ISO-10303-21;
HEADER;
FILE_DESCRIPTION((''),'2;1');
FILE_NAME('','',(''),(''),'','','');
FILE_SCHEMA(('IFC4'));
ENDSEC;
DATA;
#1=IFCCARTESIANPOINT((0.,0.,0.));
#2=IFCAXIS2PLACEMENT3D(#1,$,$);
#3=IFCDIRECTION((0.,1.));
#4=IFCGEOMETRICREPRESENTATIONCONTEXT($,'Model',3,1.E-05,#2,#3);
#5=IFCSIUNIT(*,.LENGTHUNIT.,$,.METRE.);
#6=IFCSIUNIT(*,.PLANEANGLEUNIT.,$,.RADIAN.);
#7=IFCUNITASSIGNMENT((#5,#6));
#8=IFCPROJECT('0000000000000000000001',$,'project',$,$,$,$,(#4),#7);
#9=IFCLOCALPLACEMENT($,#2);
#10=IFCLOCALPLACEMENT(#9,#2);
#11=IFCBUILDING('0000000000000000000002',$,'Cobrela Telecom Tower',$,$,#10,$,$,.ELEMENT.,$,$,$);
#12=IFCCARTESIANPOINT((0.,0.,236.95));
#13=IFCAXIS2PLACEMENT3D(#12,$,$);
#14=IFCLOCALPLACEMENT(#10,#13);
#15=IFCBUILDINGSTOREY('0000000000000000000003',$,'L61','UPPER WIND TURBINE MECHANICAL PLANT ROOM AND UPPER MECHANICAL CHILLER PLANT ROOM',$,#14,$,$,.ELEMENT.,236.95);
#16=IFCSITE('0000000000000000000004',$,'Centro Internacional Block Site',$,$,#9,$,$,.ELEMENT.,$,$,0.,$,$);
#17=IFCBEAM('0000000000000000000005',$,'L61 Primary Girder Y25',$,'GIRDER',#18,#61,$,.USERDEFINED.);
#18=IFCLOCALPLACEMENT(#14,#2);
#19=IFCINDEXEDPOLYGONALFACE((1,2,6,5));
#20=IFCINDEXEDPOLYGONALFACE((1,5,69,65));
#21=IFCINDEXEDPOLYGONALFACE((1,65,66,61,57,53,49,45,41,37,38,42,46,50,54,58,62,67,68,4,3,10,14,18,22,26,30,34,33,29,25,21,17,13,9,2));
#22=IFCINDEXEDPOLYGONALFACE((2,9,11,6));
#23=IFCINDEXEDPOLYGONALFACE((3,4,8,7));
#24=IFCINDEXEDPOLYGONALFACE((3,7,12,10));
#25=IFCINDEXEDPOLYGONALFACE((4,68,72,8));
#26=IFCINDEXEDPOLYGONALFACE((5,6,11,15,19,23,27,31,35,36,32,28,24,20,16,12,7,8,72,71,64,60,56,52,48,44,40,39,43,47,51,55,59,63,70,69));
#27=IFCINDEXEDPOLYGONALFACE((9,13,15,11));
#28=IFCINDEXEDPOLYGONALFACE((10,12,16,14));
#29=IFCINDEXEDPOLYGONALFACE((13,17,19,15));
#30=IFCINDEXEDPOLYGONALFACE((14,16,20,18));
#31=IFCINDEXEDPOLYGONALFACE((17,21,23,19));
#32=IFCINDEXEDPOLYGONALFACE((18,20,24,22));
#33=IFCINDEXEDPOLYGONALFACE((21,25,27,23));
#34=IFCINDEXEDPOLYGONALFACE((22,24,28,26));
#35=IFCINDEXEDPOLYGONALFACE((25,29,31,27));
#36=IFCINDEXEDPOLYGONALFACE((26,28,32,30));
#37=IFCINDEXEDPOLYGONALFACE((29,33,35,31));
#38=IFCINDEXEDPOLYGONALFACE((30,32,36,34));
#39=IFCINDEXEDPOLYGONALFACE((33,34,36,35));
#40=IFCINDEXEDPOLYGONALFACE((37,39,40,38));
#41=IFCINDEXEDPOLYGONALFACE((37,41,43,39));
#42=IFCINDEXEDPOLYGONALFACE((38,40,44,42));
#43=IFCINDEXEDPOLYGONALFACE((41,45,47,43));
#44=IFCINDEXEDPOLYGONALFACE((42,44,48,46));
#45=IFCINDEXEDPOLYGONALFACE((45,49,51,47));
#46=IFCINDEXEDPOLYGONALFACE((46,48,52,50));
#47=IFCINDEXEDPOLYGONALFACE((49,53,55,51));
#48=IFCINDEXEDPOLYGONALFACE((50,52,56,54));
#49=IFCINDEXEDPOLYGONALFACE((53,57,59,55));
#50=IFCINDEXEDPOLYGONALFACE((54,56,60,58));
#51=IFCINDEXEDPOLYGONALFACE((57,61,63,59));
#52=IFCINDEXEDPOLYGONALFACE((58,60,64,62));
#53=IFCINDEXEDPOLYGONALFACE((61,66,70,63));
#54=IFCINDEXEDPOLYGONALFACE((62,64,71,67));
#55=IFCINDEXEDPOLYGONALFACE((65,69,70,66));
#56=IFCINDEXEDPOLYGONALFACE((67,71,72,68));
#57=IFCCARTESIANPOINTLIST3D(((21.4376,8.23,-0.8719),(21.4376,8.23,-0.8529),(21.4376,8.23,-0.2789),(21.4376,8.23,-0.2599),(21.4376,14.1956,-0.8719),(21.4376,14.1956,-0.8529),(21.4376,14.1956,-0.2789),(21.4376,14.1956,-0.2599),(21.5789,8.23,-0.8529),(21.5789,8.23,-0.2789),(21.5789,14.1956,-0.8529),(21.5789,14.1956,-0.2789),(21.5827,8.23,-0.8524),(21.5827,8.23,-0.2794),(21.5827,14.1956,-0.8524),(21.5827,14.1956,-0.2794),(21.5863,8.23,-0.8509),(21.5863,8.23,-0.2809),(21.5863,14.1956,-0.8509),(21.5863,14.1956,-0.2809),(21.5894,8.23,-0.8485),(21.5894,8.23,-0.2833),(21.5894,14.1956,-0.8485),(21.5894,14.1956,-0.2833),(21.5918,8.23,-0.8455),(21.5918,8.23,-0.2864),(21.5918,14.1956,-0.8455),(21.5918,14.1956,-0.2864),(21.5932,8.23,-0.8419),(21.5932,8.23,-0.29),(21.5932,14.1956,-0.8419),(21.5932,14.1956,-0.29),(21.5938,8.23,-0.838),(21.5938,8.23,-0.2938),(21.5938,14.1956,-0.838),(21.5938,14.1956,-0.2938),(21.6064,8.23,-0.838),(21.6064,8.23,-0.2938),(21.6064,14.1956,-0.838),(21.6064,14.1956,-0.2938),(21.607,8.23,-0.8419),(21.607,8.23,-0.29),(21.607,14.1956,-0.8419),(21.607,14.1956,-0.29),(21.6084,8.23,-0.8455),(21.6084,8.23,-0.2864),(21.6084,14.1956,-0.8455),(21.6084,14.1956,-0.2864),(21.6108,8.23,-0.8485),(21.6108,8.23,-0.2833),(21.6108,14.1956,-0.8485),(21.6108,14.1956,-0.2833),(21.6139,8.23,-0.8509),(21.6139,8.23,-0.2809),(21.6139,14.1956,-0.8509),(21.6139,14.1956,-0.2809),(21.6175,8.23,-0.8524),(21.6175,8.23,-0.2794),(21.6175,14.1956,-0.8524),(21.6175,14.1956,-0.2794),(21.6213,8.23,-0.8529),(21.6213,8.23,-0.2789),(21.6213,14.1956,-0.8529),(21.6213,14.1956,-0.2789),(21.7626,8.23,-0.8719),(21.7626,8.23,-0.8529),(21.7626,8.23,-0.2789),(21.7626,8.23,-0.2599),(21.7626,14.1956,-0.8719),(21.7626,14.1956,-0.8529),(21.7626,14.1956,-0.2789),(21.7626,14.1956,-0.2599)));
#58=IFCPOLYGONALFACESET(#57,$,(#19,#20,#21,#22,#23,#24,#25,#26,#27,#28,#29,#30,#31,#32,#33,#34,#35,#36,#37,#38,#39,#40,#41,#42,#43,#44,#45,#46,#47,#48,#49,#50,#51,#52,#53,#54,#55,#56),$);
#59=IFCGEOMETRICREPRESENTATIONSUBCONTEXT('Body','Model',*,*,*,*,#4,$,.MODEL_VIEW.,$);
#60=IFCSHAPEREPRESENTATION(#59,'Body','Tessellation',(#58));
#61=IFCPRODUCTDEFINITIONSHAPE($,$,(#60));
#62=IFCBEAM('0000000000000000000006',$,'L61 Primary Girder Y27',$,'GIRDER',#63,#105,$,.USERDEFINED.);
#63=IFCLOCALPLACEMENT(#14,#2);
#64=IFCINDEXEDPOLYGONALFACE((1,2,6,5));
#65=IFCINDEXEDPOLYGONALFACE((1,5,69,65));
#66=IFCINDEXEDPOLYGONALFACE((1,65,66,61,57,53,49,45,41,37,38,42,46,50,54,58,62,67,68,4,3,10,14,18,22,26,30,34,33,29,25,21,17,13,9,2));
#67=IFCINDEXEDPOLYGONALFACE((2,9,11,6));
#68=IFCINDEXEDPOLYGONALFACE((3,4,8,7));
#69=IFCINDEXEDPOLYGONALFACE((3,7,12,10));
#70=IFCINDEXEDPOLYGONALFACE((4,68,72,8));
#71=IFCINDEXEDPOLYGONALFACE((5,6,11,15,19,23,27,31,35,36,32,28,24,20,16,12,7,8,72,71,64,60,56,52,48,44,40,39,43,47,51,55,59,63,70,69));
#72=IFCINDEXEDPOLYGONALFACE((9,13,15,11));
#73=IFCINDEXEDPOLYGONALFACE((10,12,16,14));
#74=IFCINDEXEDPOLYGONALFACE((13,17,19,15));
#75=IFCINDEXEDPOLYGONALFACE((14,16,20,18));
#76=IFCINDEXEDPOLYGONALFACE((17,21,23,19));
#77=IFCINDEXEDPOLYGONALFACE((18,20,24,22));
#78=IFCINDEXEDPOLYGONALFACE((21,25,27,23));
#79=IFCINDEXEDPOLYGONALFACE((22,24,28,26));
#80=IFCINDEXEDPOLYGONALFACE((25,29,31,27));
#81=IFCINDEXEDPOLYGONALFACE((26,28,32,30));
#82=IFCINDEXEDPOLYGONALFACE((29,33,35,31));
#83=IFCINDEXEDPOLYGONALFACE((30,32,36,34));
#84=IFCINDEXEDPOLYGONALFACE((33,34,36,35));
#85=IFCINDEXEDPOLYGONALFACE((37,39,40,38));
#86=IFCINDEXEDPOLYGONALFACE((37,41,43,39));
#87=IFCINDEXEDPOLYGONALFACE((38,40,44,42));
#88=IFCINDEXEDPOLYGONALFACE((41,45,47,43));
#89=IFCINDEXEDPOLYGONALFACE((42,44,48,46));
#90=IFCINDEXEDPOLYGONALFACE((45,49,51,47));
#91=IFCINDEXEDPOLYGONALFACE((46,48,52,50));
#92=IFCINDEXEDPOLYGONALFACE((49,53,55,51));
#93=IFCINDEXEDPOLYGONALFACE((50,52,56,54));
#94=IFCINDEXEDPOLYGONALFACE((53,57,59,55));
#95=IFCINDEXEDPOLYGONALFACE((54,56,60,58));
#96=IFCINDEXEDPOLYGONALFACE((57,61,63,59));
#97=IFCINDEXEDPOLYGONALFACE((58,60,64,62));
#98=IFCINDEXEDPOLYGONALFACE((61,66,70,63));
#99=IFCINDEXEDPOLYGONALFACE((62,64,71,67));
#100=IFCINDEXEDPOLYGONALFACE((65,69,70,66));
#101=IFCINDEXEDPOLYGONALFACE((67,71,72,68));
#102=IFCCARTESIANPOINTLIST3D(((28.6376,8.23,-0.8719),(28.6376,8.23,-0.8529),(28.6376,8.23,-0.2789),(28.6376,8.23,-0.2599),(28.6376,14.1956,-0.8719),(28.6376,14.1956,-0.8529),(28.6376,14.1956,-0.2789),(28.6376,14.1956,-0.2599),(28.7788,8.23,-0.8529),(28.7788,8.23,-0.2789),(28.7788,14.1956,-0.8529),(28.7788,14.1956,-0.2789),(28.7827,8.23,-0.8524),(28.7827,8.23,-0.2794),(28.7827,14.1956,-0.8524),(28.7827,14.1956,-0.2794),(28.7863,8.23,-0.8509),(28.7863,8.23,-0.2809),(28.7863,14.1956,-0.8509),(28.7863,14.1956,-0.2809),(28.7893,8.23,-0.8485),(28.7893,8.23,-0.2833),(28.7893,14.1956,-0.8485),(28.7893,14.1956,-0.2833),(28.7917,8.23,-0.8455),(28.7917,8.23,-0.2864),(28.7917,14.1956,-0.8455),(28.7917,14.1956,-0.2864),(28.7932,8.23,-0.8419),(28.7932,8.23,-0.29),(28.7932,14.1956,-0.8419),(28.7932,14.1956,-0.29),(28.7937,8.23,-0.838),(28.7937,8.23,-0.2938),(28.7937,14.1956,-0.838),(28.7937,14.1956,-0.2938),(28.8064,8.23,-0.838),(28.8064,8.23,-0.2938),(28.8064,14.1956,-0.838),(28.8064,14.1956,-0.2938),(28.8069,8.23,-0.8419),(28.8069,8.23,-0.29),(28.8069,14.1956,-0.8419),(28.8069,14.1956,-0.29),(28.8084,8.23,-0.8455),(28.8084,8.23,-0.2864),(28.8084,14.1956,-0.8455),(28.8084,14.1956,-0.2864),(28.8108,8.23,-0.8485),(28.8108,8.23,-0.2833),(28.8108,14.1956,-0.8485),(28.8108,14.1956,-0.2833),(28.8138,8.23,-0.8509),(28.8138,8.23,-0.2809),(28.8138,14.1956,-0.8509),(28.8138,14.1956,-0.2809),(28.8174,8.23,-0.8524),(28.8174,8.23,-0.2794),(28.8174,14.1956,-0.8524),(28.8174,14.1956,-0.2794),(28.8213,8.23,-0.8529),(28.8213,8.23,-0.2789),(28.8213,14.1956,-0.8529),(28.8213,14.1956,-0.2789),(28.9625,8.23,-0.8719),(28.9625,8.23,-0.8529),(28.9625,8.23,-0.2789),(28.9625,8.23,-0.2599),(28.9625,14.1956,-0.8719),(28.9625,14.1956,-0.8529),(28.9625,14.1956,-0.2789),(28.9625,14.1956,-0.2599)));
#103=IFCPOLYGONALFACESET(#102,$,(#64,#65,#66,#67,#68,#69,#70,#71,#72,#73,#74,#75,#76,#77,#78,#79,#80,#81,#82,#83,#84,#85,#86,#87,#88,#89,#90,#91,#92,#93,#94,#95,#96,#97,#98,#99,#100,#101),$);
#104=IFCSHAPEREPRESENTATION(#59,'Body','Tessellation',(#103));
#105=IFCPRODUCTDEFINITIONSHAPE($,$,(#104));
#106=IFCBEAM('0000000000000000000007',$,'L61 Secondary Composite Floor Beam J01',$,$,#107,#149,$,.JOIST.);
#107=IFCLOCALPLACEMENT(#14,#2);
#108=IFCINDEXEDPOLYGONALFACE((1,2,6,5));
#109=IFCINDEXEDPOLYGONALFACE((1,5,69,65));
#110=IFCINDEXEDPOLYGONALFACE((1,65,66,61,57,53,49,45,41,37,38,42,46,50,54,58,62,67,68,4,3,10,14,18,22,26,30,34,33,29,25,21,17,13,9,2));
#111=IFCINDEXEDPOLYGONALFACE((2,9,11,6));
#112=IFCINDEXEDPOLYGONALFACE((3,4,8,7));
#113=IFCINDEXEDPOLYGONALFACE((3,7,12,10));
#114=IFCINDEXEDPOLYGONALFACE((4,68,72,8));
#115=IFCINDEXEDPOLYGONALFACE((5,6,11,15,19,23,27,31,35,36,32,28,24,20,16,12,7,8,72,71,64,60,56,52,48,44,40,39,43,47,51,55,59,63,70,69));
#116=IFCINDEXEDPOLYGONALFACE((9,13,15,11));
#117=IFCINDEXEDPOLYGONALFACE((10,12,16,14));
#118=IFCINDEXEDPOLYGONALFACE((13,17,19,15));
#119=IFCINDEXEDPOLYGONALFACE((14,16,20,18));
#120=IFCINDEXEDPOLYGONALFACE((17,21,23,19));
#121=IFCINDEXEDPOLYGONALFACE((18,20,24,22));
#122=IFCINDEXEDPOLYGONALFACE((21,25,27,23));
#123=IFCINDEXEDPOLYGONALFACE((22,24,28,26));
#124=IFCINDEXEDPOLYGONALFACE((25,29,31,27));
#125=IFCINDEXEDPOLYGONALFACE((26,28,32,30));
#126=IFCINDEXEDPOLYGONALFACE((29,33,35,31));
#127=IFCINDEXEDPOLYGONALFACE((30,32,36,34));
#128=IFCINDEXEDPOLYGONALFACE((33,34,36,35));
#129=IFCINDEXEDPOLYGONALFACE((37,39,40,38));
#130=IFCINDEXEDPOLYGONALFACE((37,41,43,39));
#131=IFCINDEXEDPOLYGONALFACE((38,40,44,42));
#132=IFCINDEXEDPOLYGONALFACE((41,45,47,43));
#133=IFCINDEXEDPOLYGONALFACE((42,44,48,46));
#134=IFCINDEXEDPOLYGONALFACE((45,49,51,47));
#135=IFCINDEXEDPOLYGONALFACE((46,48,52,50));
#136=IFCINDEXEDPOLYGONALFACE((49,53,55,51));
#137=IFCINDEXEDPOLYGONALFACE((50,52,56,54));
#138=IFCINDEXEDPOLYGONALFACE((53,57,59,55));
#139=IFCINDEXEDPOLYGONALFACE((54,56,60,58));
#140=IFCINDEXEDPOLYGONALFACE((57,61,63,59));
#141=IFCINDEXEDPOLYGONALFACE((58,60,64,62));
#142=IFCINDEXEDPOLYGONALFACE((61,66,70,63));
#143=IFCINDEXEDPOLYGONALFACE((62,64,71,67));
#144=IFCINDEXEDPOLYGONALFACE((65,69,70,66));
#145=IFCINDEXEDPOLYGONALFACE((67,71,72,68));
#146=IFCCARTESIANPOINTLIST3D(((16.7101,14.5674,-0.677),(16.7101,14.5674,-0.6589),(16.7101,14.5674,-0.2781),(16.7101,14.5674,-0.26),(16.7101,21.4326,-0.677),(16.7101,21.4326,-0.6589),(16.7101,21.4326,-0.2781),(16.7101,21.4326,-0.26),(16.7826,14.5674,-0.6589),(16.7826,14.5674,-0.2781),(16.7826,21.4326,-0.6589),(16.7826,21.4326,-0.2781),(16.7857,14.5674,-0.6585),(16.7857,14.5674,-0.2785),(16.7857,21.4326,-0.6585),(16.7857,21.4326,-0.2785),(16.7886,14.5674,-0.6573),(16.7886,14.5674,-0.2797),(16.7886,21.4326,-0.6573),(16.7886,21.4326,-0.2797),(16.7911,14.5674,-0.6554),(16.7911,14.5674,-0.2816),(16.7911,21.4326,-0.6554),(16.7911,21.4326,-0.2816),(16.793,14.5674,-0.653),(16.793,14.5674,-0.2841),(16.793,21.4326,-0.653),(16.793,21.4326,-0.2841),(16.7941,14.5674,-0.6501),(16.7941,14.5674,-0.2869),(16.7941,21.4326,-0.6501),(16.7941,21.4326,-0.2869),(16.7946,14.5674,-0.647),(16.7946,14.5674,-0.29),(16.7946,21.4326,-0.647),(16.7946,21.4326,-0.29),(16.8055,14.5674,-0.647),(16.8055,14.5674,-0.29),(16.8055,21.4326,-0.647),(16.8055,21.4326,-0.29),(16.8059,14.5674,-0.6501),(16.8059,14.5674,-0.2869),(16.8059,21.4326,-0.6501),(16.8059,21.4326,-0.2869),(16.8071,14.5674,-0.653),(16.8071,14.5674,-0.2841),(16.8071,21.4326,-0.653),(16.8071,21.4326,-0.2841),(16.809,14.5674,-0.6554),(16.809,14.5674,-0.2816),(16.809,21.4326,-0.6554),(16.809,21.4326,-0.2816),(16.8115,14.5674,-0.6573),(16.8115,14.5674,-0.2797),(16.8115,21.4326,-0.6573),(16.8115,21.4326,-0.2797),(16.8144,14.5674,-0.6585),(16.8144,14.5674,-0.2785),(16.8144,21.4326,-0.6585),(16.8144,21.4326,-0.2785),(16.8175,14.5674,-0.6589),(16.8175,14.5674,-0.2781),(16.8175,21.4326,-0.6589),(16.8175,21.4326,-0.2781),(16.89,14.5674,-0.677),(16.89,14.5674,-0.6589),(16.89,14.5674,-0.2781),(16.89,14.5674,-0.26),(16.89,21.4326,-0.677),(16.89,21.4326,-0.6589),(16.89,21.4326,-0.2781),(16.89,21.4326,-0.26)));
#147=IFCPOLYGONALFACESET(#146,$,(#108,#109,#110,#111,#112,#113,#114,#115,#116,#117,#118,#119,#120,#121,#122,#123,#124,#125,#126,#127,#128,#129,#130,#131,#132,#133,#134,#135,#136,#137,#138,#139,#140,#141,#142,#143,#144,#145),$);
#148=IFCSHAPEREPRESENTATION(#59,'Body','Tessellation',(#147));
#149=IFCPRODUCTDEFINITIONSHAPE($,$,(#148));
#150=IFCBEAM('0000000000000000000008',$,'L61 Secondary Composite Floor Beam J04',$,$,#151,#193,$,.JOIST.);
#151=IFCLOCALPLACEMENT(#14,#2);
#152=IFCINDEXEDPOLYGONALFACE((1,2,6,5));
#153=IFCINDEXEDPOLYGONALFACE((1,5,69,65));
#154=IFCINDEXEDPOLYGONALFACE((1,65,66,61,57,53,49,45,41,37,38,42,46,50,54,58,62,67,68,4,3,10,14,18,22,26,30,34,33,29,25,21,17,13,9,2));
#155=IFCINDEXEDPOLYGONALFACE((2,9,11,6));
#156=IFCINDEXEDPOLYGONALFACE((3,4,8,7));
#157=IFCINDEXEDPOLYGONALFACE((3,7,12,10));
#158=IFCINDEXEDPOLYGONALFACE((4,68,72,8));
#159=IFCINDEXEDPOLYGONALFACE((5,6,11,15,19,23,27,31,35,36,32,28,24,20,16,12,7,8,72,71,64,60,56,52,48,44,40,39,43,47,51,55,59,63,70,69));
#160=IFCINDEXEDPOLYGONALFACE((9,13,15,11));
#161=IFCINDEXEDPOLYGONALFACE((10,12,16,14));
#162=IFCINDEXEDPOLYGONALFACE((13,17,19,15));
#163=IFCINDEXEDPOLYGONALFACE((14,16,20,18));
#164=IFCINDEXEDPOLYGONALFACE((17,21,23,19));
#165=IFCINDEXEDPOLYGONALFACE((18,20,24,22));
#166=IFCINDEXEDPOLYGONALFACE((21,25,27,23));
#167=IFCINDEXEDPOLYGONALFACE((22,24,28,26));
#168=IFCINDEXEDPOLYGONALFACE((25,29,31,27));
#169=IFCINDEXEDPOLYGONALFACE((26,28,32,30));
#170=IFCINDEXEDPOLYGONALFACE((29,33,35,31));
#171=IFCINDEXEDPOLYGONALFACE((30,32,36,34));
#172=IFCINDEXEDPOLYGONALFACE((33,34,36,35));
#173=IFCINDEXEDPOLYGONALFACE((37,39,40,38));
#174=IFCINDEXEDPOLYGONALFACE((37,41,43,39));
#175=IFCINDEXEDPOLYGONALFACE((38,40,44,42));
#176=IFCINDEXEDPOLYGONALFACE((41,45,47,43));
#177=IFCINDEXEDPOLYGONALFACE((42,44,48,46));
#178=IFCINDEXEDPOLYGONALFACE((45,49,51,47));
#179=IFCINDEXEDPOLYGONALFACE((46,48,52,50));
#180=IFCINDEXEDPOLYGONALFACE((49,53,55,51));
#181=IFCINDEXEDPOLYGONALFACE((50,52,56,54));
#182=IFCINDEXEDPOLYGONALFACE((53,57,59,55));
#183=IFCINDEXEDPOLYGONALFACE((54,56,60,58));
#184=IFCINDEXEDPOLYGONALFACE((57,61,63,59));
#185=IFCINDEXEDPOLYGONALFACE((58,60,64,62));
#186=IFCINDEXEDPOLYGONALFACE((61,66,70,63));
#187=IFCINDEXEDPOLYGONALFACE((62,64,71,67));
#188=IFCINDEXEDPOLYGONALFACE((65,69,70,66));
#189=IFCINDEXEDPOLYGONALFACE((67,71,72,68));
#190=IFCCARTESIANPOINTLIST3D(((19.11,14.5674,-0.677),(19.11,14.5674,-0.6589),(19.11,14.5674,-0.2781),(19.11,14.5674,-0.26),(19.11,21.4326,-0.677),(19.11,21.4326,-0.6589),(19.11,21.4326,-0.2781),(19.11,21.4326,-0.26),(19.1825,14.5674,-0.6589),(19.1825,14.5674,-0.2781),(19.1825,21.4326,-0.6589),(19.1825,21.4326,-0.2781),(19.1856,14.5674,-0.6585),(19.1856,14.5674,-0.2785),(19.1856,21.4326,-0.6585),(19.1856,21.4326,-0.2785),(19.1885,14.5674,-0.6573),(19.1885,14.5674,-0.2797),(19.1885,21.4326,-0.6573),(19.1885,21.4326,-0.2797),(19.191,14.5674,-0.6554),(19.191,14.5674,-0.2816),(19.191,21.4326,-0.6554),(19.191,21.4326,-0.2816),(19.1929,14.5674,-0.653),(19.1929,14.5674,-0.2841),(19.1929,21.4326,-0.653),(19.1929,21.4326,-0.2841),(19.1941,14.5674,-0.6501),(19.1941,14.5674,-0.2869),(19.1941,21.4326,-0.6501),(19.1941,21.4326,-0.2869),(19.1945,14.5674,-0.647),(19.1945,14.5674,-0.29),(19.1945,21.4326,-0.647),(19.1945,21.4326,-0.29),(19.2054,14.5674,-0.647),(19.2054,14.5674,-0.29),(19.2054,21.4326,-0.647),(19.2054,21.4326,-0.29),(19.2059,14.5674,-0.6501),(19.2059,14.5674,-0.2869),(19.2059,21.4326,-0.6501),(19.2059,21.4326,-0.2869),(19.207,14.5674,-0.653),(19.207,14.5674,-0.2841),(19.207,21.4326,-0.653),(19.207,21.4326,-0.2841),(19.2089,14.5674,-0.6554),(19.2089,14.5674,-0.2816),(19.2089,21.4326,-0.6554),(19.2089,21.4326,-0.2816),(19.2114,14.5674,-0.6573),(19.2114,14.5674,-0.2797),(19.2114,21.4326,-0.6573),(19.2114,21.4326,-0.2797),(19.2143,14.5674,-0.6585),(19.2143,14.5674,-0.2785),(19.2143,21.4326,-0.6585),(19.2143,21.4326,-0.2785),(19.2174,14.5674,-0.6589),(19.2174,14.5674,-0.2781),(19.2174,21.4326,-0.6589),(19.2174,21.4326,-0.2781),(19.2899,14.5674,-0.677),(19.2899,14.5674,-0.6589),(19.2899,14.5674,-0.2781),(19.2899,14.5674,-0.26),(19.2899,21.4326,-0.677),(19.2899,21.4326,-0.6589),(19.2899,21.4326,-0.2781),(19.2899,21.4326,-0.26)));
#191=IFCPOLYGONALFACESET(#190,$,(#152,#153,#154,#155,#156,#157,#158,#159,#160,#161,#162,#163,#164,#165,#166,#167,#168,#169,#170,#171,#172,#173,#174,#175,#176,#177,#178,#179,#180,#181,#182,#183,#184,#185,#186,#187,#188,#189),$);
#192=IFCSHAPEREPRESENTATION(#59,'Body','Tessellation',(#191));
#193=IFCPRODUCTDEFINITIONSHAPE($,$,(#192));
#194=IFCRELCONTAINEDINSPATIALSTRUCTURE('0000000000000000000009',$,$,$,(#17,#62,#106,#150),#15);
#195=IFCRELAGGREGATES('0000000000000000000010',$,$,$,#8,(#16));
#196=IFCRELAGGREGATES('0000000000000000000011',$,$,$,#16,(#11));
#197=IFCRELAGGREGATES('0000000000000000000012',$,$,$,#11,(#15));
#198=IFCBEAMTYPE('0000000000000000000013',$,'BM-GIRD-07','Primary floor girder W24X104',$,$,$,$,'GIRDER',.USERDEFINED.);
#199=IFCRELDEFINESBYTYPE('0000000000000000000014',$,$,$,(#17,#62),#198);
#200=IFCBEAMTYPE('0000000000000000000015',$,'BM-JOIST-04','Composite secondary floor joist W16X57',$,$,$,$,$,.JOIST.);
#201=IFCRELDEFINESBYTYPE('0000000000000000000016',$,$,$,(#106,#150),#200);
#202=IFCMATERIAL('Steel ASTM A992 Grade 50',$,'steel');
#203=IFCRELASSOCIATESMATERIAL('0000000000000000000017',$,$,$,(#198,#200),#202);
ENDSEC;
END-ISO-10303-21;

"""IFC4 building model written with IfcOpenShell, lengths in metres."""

from ifc_helpers import new_model, si_unit, direction, frame, origin, origin_2d, place, context, subcontext, project, spatial, i_section, extrude, material, material_profile, profile_set, type_object, element, save


model = new_model("IFC4")

# Units and contexts
model_context = context("Model", 3, precision=1e-05, world=origin(), true_north=direction((0.0, 1.0)))
body_context = subcontext(model_context, "Body", "Model", "MODEL_VIEW")
ifc_project = project(units=[si_unit("LENGTHUNIT", "METRE"), si_unit("PLANEANGLEUNIT", "RADIAN")], contexts=[model_context])

# Site, building, storey
site_placement = place(None, origin())
site = spatial("IfcSite", under=ifc_project, at=site_placement, Name="Centro Internacional Block Site", CompositionType="ELEMENT", RefElevation=0.0)
building_placement = place(site_placement, origin())
building = spatial("IfcBuilding", under=site, at=building_placement, Name="Cobrela Telecom Tower", CompositionType="ELEMENT")
storey_placement = place(building_placement, frame((0.0, 0.0, 236.95)))
storey = spatial("IfcBuildingStorey", under=building, at=storey_placement, Name="L61", Description="UPPER WIND TURBINE MECHANICAL PLANT ROOM AND UPPER MECHANICAL CHILLER PLANT ROOM", CompositionType="ELEMENT", Elevation=236.95)

# Shared definitions
ifc_material_1 = material(Name="Steel ASTM A992 Grade 50", Category="steel")

# Beams
ifc_material_profile_1 = material_profile(ifc_material_1, i_section(OverallWidth=0.325, OverallDepth=0.6121, WebThickness=0.0127, FlangeThickness=0.019, FilletRadius=0.0149, at=origin_2d()), Name="W24X104")
ifc_profile_set_1 = profile_set([ifc_material_profile_1], Name="Steel ASTM A992 Grade 50")
beam_type_1 = type_object("IfcBeamType", Name="BM-GIRD-07", Description="Primary floor girder W24X104", ElementType="GIRDER", PredefinedType="USERDEFINED", material=ifc_profile_set_1)
for number, where, z_axis, x_axis, name in (
    (1, (21.6001, 8.23, -0.5659), (0.0, 1.0, 0.0), (-1.0, 0.0, 0.0), "L61 Primary Girder Y25"),
    (2, (28.8, 8.23, -0.5659), (0.0, 1.0, 0.0), (-1.0, 0.0, 0.0), "L61 Primary Girder Y27"),
):
    element("IfcBeam", number, at=place(storey_placement, frame(where, z_axis=z_axis, x_axis=x_axis)), inside=storey, type_object=beam_type_1, Name=name, ObjectType="GIRDER", PredefinedType="USERDEFINED", context=body_context, shape_type="SweptSolid", body=[
        extrude(i_section(OverallWidth=0.325, OverallDepth=0.6121, WebThickness=0.0127, FlangeThickness=0.019, FilletRadius=0.0149, at=origin_2d()), origin(), (0.0, 0.0, 1.0), 5.9656),
    ])
ifc_material_profile_2 = material_profile(ifc_material_1, i_section(OverallWidth=0.1799, OverallDepth=0.417, WebThickness=0.011, FlangeThickness=0.0181, FilletRadius=0.012, at=origin_2d()), Name="W16X57")
ifc_profile_set_2 = profile_set([ifc_material_profile_2], Name="Steel ASTM A992 Grade 50")
beam_type_2 = type_object("IfcBeamType", Name="BM-JOIST-04", Description="Composite secondary floor joist W16X57", PredefinedType="JOIST", material=ifc_profile_set_2)
for number, where, z_axis, x_axis, name in (
    (3, (16.8, 14.5674, -0.4685), (0.0, 1.0, 0.0), (-1.0, 0.0, 0.0), "L61 Secondary Composite Floor Beam J01"),
    (4, (19.2, 14.5674, -0.4685), (0.0, 1.0, 0.0), (-1.0, 0.0, 0.0), "L61 Secondary Composite Floor Beam J04"),
):
    element("IfcBeam", number, at=place(storey_placement, frame(where, z_axis=z_axis, x_axis=x_axis)), inside=storey, type_object=beam_type_2, Name=name, PredefinedType="JOIST", context=body_context, shape_type="SweptSolid", body=[
        extrude(i_section(OverallWidth=0.1799, OverallDepth=0.417, WebThickness=0.011, FlangeThickness=0.0181, FilletRadius=0.012, at=origin_2d()), origin(), (0.0, 0.0, 1.0), 6.8652),
    ])

save(model, "model.ifc")
